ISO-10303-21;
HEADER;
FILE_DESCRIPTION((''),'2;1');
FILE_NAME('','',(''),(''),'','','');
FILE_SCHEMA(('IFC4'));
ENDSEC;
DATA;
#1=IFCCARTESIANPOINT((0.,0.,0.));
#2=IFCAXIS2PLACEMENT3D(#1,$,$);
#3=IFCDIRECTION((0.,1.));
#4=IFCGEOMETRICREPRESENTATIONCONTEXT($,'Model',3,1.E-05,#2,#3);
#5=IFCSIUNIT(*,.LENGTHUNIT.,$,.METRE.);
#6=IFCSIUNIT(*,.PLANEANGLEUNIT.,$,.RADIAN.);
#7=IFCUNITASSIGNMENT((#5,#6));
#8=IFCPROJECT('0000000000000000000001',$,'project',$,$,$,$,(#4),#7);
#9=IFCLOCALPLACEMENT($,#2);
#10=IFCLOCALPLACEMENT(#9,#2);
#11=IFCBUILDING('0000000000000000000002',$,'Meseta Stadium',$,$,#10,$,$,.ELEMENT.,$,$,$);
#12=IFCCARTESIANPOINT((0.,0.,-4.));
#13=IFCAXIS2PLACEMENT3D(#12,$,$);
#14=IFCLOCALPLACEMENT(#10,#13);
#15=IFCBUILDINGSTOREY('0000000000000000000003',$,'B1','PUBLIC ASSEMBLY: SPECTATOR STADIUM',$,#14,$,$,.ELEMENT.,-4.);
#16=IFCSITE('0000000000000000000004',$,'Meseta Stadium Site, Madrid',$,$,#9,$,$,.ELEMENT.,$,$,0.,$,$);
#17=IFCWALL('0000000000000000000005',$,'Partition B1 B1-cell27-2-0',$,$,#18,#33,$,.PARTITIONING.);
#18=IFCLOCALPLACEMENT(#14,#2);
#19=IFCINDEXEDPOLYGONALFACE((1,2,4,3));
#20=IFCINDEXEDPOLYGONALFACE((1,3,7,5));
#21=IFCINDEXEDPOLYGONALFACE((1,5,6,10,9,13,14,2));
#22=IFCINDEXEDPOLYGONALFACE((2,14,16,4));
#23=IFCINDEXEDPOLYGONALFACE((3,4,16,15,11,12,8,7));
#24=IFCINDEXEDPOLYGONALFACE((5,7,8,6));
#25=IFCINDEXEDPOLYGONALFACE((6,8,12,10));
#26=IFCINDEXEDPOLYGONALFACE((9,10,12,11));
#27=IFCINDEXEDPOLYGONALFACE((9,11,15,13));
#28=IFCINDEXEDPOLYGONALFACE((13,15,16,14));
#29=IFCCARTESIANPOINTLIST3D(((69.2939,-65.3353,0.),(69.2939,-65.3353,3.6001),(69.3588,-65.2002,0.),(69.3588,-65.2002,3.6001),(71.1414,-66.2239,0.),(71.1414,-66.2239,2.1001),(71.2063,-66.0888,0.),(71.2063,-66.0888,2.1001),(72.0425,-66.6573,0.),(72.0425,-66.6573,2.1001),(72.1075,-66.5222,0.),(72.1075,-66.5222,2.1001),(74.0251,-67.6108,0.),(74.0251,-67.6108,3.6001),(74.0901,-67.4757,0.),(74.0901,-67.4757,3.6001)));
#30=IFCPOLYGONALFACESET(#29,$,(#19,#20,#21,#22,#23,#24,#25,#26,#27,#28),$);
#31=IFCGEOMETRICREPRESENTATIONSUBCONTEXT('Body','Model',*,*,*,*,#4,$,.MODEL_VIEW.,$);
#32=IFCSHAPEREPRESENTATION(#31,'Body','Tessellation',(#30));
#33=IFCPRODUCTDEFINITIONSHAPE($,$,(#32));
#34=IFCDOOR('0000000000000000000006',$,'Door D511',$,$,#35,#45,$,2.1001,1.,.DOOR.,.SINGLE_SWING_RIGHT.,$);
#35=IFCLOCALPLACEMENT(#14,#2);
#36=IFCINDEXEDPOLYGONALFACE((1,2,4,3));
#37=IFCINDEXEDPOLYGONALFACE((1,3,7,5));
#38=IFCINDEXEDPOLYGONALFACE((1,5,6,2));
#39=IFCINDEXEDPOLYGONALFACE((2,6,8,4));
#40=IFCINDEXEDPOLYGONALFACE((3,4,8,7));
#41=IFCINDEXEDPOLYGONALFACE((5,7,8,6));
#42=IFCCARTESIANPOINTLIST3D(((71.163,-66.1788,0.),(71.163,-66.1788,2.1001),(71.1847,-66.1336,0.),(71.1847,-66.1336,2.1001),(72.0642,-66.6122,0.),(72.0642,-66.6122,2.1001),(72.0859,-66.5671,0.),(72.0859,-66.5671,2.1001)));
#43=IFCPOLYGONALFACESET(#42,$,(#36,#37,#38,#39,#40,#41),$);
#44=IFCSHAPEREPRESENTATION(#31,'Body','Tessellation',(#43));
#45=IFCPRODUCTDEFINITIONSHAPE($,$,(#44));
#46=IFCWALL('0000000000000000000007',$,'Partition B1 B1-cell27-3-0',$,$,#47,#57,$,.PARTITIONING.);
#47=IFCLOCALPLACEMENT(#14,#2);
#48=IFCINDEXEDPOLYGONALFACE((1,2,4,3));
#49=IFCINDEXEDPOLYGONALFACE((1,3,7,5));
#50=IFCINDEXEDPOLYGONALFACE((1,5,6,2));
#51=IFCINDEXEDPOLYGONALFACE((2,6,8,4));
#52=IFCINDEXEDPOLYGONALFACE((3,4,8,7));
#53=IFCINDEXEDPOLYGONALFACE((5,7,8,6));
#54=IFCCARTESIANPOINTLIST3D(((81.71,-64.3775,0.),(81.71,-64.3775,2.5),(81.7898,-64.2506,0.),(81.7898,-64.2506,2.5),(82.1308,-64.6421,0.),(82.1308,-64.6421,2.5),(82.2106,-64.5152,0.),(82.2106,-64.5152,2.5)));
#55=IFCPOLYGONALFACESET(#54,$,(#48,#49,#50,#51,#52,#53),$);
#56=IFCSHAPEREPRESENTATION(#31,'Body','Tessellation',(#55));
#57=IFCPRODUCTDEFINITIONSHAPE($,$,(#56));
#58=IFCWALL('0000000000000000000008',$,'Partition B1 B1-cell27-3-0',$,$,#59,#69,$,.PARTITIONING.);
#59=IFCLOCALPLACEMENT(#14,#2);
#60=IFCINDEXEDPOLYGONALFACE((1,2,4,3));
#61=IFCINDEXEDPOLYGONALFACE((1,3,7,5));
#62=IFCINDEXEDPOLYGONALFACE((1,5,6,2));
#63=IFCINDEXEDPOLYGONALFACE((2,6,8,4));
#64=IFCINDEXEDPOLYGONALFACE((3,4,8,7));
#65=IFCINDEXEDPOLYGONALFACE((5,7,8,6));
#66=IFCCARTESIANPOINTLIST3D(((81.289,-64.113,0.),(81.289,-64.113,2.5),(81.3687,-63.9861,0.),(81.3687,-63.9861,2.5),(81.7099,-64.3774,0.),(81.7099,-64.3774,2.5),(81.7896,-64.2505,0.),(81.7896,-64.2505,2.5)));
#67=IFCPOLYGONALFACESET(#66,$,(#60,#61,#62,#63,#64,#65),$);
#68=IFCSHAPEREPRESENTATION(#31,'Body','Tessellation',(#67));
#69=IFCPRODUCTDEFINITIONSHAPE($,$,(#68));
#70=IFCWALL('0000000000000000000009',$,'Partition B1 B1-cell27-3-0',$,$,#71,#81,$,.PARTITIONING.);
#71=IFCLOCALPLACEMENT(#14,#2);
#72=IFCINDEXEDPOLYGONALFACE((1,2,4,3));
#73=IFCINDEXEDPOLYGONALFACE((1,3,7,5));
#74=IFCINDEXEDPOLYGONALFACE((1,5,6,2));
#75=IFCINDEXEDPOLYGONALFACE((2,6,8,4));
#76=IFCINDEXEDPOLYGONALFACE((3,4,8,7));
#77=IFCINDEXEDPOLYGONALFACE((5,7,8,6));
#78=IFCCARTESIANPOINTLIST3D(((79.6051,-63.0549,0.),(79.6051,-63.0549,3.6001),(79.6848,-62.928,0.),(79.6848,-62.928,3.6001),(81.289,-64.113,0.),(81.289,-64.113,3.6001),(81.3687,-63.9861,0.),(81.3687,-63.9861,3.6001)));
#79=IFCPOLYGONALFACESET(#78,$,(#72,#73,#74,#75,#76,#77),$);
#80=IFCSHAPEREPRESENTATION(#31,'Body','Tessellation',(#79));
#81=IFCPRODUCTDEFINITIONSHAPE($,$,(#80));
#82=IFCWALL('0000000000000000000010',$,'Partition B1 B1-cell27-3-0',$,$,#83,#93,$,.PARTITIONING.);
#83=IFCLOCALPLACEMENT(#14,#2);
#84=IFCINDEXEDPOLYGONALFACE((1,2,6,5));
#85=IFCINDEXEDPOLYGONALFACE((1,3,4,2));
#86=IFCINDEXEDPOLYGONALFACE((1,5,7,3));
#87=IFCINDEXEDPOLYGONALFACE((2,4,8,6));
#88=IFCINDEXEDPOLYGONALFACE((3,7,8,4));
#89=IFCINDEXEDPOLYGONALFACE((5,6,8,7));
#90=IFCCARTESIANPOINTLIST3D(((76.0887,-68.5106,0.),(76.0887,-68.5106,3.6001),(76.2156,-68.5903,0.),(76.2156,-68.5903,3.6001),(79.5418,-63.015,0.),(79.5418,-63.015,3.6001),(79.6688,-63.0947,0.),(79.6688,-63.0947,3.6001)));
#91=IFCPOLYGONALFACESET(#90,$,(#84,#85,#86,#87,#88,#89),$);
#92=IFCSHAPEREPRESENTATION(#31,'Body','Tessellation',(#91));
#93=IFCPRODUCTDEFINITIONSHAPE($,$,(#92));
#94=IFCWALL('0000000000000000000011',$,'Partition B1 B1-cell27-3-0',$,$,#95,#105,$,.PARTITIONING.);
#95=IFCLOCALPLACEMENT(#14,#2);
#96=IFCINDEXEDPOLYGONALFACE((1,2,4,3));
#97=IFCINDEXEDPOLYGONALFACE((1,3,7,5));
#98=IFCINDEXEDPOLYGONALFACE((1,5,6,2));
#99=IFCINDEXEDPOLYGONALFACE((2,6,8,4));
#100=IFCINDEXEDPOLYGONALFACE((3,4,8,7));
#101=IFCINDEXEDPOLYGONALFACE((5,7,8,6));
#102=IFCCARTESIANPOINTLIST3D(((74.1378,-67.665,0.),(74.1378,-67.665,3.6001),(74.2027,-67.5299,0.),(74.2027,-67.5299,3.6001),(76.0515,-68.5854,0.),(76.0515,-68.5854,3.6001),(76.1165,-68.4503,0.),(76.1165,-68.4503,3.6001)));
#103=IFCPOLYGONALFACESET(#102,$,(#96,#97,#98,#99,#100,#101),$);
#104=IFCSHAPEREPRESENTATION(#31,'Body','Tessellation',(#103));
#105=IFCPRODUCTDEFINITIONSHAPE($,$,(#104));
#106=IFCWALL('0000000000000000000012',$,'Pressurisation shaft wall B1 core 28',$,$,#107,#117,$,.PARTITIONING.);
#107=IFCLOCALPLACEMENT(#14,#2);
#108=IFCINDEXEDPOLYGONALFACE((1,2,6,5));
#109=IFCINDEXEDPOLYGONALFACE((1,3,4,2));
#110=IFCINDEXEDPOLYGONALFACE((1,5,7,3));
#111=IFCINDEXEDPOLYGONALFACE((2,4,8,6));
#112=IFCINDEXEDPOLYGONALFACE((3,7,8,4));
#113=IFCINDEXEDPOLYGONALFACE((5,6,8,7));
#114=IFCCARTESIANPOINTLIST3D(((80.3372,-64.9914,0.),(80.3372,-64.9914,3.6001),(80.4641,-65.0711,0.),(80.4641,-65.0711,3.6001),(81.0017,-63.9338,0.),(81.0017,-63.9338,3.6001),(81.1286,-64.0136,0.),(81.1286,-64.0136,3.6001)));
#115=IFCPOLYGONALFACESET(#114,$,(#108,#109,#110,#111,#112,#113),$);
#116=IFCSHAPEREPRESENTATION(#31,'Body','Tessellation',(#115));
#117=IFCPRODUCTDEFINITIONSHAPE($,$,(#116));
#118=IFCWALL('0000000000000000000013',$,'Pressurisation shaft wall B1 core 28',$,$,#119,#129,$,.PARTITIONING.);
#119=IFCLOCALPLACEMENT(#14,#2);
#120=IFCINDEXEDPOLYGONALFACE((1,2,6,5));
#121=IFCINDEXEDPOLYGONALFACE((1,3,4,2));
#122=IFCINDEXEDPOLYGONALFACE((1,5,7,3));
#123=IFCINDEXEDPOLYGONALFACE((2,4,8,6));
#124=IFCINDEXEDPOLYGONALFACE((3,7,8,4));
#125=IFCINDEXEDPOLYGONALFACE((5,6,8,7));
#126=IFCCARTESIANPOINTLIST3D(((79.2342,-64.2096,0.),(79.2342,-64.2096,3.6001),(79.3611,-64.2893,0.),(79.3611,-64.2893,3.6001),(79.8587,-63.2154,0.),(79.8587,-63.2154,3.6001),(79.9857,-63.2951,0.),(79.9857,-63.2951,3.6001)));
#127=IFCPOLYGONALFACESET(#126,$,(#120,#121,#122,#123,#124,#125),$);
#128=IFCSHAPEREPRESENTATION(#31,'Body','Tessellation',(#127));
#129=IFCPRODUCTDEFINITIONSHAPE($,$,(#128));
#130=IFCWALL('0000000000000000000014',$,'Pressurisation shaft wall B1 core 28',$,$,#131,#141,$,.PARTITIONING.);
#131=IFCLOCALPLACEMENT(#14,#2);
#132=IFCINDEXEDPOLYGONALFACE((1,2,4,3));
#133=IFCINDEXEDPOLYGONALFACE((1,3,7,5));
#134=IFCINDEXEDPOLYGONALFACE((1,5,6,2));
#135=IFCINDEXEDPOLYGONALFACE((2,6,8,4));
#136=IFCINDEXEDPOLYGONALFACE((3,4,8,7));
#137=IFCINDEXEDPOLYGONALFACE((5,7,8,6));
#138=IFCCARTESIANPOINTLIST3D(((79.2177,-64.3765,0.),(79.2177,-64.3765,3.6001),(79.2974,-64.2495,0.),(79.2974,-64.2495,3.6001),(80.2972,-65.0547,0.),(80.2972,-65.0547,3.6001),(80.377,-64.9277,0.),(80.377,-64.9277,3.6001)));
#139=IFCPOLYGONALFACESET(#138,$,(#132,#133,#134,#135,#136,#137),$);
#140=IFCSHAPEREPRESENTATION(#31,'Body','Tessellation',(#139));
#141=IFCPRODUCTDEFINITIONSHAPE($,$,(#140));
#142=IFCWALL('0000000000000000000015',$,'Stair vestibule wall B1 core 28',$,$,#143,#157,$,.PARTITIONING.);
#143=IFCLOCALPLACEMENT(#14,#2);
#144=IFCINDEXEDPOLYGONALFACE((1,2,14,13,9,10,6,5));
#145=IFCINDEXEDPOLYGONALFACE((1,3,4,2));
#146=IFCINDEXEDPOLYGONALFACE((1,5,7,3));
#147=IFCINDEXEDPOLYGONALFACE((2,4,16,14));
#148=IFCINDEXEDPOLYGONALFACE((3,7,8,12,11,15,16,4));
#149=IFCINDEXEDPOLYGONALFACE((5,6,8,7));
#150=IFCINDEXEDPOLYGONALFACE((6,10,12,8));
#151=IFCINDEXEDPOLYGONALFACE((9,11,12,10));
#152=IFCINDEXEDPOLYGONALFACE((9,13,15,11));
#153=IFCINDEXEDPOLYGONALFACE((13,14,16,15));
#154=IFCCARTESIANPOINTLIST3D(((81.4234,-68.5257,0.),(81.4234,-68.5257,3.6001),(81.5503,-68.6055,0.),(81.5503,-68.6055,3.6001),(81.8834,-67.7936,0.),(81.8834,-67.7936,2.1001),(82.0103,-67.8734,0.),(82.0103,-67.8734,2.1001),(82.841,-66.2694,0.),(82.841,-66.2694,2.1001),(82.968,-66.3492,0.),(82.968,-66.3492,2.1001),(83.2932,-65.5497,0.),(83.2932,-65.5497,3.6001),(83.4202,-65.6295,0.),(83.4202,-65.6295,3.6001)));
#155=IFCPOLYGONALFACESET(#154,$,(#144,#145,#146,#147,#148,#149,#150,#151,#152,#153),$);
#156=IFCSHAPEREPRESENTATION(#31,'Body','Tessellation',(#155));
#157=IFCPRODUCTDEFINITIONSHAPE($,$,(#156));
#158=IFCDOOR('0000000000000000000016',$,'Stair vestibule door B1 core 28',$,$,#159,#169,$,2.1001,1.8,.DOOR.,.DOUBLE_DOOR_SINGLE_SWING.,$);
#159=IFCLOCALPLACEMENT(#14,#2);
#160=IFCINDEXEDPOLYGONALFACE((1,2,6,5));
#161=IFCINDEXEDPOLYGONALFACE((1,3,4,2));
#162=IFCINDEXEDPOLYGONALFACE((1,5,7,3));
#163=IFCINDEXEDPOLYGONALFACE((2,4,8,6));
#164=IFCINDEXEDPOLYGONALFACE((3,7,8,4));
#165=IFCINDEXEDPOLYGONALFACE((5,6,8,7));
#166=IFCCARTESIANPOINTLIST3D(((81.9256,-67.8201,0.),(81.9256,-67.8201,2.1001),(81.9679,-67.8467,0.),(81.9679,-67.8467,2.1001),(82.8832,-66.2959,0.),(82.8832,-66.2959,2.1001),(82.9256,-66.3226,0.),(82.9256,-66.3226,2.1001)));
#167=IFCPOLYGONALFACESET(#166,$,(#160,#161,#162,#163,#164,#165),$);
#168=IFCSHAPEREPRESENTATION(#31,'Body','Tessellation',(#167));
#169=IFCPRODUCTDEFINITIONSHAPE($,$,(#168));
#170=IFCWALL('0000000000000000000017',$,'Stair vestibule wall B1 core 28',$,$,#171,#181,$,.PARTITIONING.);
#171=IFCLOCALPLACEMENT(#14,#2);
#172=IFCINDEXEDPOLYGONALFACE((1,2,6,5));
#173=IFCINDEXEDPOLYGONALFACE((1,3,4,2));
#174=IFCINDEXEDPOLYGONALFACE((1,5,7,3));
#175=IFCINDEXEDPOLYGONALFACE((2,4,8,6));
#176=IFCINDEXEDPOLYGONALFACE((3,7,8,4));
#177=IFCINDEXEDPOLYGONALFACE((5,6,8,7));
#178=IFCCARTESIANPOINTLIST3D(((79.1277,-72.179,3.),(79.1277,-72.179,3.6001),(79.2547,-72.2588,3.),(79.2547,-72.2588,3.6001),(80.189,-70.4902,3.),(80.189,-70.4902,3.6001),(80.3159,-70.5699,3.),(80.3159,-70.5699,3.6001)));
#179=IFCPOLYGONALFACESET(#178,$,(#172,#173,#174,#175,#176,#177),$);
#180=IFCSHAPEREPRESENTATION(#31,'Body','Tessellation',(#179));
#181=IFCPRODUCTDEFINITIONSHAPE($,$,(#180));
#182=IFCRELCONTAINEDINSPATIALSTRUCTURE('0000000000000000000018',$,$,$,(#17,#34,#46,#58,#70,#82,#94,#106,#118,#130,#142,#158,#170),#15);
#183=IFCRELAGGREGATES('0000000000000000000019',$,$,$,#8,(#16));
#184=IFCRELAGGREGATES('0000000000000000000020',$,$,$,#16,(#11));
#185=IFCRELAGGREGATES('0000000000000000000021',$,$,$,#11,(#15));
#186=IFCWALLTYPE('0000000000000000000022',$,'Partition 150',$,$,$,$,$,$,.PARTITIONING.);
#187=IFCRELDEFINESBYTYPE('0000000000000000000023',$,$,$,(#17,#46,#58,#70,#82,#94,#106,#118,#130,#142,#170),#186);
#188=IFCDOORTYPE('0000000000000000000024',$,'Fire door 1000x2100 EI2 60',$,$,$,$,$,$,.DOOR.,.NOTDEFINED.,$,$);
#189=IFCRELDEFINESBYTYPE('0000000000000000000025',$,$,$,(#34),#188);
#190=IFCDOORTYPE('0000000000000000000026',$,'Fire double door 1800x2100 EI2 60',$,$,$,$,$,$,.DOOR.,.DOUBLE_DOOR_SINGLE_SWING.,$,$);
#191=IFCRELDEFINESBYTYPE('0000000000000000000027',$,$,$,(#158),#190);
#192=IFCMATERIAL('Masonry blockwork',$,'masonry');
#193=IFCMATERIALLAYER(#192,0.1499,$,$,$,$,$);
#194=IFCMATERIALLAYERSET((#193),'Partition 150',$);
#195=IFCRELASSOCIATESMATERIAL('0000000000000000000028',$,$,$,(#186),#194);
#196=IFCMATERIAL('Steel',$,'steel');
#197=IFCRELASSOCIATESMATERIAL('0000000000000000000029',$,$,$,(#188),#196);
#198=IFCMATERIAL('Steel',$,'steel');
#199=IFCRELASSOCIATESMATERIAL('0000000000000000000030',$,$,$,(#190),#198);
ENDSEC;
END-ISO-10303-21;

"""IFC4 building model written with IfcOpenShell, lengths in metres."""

from ifc_helpers import new_model, si_unit, direction, frame, frame_2d, origin, place, context, subcontext, project, spatial, rectangle, extrude, material, layer, layer_set, type_object, element, fill, save


model = new_model("IFC4")

# Units and contexts
model_context = context("Model", 3, precision=1e-05, world=origin(), true_north=direction((0.0, 1.0)))
body_context = subcontext(model_context, "Body", "Model", "MODEL_VIEW")
ifc_project = project(units=[si_unit("LENGTHUNIT", "METRE"), si_unit("PLANEANGLEUNIT", "RADIAN")], contexts=[model_context])

# Site, building, storey
site_placement = place(None, origin())
site = spatial("IfcSite", under=ifc_project, at=site_placement, Name="Meseta Stadium Site, Madrid", CompositionType="ELEMENT", RefElevation=0.0)
building_placement = place(site_placement, origin())
building = spatial("IfcBuilding", under=site, at=building_placement, Name="Meseta Stadium", CompositionType="ELEMENT")
storey_placement = place(building_placement, frame((0.0, 0.0, -4.0)))
storey = spatial("IfcBuildingStorey", under=building, at=storey_placement, Name="B1", Description="PUBLIC ASSEMBLY: SPECTATOR STADIUM", CompositionType="ELEMENT", Elevation=-4.0)

# Shared definitions
ifc_material_1 = material(Name="Masonry blockwork", Category="masonry")
ifc_layer_1 = layer(ifc_material_1, 0.1499)
ifc_layer_set_1 = layer_set([ifc_layer_1], Name="Partition 150")
wall_type_1 = type_object("IfcWallType", Name="Partition 150", PredefinedType="PARTITIONING", material=ifc_layer_set_1)

# Wall, opening, door
wall_1_placement = place(storey_placement, frame((74.0576, -67.5432, 0.0), z_axis=(0.0, 0.0, 1.0), x_axis=(-0.901195, 0.433414, 0.0)))
wall_1 = element("IfcWall", 1, at=wall_1_placement, inside=storey, type_object=wall_type_1, Name="Partition B1 B1-cell27-2-0", PredefinedType="PARTITIONING", context=body_context, shape_type="SweptSolid", body=[
    extrude(rectangle(XDim=5.25, YDim=0.1499, at=frame_2d((2.625, 0.0))), origin(), (0.0, 0.0, 1.0), 3.6001),
])
opening_1_placement = place(wall_1_placement, frame((2.2, 0.0, 0.0)))
opening_1 = element("IfcOpeningElement", 2, at=opening_1_placement, cuts=wall_1, PredefinedType="OPENING", context=body_context, shape_type="SweptSolid", body=[
    extrude(rectangle(XDim=1.0, YDim=2.1001, at=frame_2d((0.5, 1.05))), frame((0.0, 0.085, 0.0), z_axis=(0.0, -1.0, 0.0), x_axis=(1.0, 0.0, 0.0)), (0.0, 0.0, 1.0), 0.1699),
])
ifc_material_2 = material(Name="Steel", Category="steel")
door_type_1 = type_object("IfcDoorType", Name="Fire door 1000x2100 EI2 60", OperationType="NOTDEFINED", PredefinedType="DOOR", material=ifc_material_2)
door_1_placement = place(opening_1_placement, origin())
door_1 = element("IfcDoor", 3, at=door_1_placement, inside=storey, type_object=door_type_1, Name="Door D511", OperationType="SINGLE_SWING_RIGHT", OverallHeight=2.1001, OverallWidth=1.0, PredefinedType="DOOR", context=body_context, shape_type="SweptSolid", body=[
    extrude(rectangle(XDim=1.0, YDim=2.1001, at=frame_2d((0.5, 1.05))), frame((0.0, 0.0249, 0.0), z_axis=(0.0, -1.0, 0.0), x_axis=(1.0, 0.0, 0.0)), (0.0, 0.0, 1.0), 0.05),
])
fill(opening_1, door_1)

# Walls
for number, where, z_axis, x_axis, name in (
    (4, (82.1707, -64.5786, 0.0), (0.0, 0.0, 1.0), (-0.846561, 0.532292, 0.0), "Partition B1 B1-cell27-3-0"),
    (5, (81.7498, -64.314, 0.0), (0.0, 0.0, 1.0), (-0.846782, 0.53194, 0.0), "Partition B1 B1-cell27-3-0"),
):
    element("IfcWall", number, at=place(storey_placement, frame(where, z_axis=z_axis, x_axis=x_axis)), inside=storey, type_object=wall_type_1, Name=name, PredefinedType="PARTITIONING", context=body_context, shape_type="SweptSolid", body=[
        extrude(rectangle(XDim=0.4971, YDim=0.1499, at=frame_2d((0.2485, 0.0))), origin(), (0.0, 0.0, 1.0), 2.5),
    ])
wall_2_placement = place(storey_placement, frame((81.3289, -64.0496, 0.0), z_axis=(0.0, 0.0, 1.0), x_axis=(-0.846706, 0.532061, 0.0)))
element("IfcWall", 6, at=wall_2_placement, inside=storey, type_object=wall_type_1, Name="Partition B1 B1-cell27-3-0", PredefinedType="PARTITIONING", context=body_context, shape_type="SweptSolid", body=[
    extrude(rectangle(XDim=1.9888, YDim=0.1499, at=frame_2d((0.9944, 0.0))), origin(), (0.0, 0.0, 1.0), 3.6001),
])
wall_3_placement = place(storey_placement, frame((79.6052, -63.0549, 0.0), z_axis=(0.0, 0.0, 1.0), x_axis=(-0.532033, -0.846724, 0.0)))
element("IfcWall", 7, at=wall_3_placement, inside=storey, type_object=wall_type_1, Name="Partition B1 B1-cell27-3-0", PredefinedType="PARTITIONING", context=body_context, shape_type="SweptSolid", body=[
    extrude(rectangle(XDim=6.4905, YDim=0.1499, at=frame_2d((3.2451, 0.0))), origin(), (0.0, 0.0, 1.0), 3.6001),
])
wall_4_placement = place(storey_placement, frame((76.084, -68.5178, 0.0), z_axis=(0.0, 0.0, 1.0), x_axis=(-0.901196, 0.433411, 0.0)))
element("IfcWall", 8, at=wall_4_placement, inside=storey, type_object=wall_type_1, Name="Partition B1 B1-cell27-3-0", PredefinedType="PARTITIONING", context=body_context, shape_type="SweptSolid", body=[
    extrude(rectangle(XDim=2.1235, YDim=0.1499, at=frame_2d((1.0618, 0.0))), origin(), (0.0, 0.0, 1.0), 3.6001),
])
wall_5_placement = place(storey_placement, frame((80.4006, -65.0312, 0.0), z_axis=(0.0, 0.0, 1.0), x_axis=(0.532035, 0.846722, 0.0)))
element("IfcWall", 9, at=wall_5_placement, inside=storey, type_object=wall_type_1, Name="Pressurisation shaft wall B1 core 28", PredefinedType="PARTITIONING", context=body_context, shape_type="SweptSolid", body=[
    extrude(rectangle(XDim=1.249, YDim=0.1499, at=frame_2d((0.6245, 0.0))), origin(), (0.0, 0.0, 1.0), 3.6001),
])
wall_6_placement = place(storey_placement, frame((79.9221, -63.2554, 0.0), z_axis=(0.0, 0.0, 1.0), x_axis=(-0.531942, -0.846781, 0.0)))
element("IfcWall", 10, at=wall_6_placement, inside=storey, type_object=wall_type_1, Name="Pressurisation shaft wall B1 core 28", PredefinedType="PARTITIONING", context=body_context, shape_type="SweptSolid", body=[
    extrude(rectangle(XDim=1.1741, YDim=0.1499, at=frame_2d((0.5869, 0.0))), origin(), (0.0, 0.0, 1.0), 3.6001),
])
wall_7_placement = place(storey_placement, frame((79.2576, -64.313, 0.0), z_axis=(0.0, 0.0, 1.0), x_axis=(0.84677, -0.53196, 0.0)))
element("IfcWall", 11, at=wall_7_placement, inside=storey, type_object=wall_type_1, Name="Pressurisation shaft wall B1 core 28", PredefinedType="PARTITIONING", context=body_context, shape_type="SweptSolid", body=[
    extrude(rectangle(XDim=1.2749, YDim=0.1499, at=frame_2d((0.6375, 0.0))), origin(), (0.0, 0.0, 1.0), 3.6001),
])

# Wall, opening, door
wall_8_placement = place(storey_placement, frame((83.3567, -65.5896, 0.0), z_axis=(0.0, 0.0, 1.0), x_axis=(-0.532008, -0.846739, 0.0)))
wall_8 = element("IfcWall", 12, at=wall_8_placement, inside=storey, type_object=wall_type_1, Name="Stair vestibule wall B1 core 28", PredefinedType="PARTITIONING", context=body_context, shape_type="SweptSolid", body=[
    extrude(rectangle(XDim=3.5146, YDim=0.1499, at=frame_2d((1.7573, 0.0))), origin(), (0.0, 0.0, 1.0), 3.6001),
])
opening_2_placement = place(wall_8_placement, frame((0.8501, 0.0, 0.0)))
opening_2 = element("IfcOpeningElement", 13, at=opening_2_placement, cuts=wall_8, PredefinedType="OPENING", context=body_context, shape_type="SweptSolid", body=[
    extrude(rectangle(XDim=1.8, YDim=2.1001, at=frame_2d((0.8999, 1.05))), frame((0.0, 0.085, 0.0), z_axis=(0.0, -1.0, 0.0), x_axis=(1.0, 0.0, 0.0)), (0.0, 0.0, 1.0), 0.1699),
])
ifc_material_3 = material(Name="Steel", Category="steel")
door_type_2 = type_object("IfcDoorType", Name="Fire double door 1800x2100 EI2 60", OperationType="DOUBLE_DOOR_SINGLE_SWING", PredefinedType="DOOR", material=ifc_material_3)
door_2_placement = place(opening_2_placement, origin())
door_2 = element("IfcDoor", 14, at=door_2_placement, inside=storey, type_object=door_type_2, Name="Stair vestibule door B1 core 28", OperationType="DOUBLE_DOOR_SINGLE_SWING", OverallHeight=2.1001, OverallWidth=1.8, PredefinedType="DOOR", context=body_context, shape_type="SweptSolid", body=[
    extrude(rectangle(XDim=1.8, YDim=2.1001, at=frame_2d((0.8999, 1.05))), frame((0.0, 0.0249, 0.0), z_axis=(0.0, -1.0, 0.0), x_axis=(1.0, 0.0, 0.0)), (0.0, 0.0, 1.0), 0.05),
])
fill(opening_2, door_2)

# Wall
wall_9_placement = place(storey_placement, frame((80.2524, -70.53, 3.0), z_axis=(0.0, 0.0, 1.0), x_axis=(-0.532044, -0.846717, 0.0)))
element("IfcWall", 15, at=wall_9_placement, inside=storey, type_object=wall_type_1, Name="Stair vestibule wall B1 core 28", PredefinedType="PARTITIONING", context=body_context, shape_type="SweptSolid", body=[
    extrude(rectangle(XDim=1.9946, YDim=0.1499, at=frame_2d((0.9973, 0.0))), origin(), (0.0, 0.0, 1.0), 0.6001),
])

save(model, "model.ifc")
